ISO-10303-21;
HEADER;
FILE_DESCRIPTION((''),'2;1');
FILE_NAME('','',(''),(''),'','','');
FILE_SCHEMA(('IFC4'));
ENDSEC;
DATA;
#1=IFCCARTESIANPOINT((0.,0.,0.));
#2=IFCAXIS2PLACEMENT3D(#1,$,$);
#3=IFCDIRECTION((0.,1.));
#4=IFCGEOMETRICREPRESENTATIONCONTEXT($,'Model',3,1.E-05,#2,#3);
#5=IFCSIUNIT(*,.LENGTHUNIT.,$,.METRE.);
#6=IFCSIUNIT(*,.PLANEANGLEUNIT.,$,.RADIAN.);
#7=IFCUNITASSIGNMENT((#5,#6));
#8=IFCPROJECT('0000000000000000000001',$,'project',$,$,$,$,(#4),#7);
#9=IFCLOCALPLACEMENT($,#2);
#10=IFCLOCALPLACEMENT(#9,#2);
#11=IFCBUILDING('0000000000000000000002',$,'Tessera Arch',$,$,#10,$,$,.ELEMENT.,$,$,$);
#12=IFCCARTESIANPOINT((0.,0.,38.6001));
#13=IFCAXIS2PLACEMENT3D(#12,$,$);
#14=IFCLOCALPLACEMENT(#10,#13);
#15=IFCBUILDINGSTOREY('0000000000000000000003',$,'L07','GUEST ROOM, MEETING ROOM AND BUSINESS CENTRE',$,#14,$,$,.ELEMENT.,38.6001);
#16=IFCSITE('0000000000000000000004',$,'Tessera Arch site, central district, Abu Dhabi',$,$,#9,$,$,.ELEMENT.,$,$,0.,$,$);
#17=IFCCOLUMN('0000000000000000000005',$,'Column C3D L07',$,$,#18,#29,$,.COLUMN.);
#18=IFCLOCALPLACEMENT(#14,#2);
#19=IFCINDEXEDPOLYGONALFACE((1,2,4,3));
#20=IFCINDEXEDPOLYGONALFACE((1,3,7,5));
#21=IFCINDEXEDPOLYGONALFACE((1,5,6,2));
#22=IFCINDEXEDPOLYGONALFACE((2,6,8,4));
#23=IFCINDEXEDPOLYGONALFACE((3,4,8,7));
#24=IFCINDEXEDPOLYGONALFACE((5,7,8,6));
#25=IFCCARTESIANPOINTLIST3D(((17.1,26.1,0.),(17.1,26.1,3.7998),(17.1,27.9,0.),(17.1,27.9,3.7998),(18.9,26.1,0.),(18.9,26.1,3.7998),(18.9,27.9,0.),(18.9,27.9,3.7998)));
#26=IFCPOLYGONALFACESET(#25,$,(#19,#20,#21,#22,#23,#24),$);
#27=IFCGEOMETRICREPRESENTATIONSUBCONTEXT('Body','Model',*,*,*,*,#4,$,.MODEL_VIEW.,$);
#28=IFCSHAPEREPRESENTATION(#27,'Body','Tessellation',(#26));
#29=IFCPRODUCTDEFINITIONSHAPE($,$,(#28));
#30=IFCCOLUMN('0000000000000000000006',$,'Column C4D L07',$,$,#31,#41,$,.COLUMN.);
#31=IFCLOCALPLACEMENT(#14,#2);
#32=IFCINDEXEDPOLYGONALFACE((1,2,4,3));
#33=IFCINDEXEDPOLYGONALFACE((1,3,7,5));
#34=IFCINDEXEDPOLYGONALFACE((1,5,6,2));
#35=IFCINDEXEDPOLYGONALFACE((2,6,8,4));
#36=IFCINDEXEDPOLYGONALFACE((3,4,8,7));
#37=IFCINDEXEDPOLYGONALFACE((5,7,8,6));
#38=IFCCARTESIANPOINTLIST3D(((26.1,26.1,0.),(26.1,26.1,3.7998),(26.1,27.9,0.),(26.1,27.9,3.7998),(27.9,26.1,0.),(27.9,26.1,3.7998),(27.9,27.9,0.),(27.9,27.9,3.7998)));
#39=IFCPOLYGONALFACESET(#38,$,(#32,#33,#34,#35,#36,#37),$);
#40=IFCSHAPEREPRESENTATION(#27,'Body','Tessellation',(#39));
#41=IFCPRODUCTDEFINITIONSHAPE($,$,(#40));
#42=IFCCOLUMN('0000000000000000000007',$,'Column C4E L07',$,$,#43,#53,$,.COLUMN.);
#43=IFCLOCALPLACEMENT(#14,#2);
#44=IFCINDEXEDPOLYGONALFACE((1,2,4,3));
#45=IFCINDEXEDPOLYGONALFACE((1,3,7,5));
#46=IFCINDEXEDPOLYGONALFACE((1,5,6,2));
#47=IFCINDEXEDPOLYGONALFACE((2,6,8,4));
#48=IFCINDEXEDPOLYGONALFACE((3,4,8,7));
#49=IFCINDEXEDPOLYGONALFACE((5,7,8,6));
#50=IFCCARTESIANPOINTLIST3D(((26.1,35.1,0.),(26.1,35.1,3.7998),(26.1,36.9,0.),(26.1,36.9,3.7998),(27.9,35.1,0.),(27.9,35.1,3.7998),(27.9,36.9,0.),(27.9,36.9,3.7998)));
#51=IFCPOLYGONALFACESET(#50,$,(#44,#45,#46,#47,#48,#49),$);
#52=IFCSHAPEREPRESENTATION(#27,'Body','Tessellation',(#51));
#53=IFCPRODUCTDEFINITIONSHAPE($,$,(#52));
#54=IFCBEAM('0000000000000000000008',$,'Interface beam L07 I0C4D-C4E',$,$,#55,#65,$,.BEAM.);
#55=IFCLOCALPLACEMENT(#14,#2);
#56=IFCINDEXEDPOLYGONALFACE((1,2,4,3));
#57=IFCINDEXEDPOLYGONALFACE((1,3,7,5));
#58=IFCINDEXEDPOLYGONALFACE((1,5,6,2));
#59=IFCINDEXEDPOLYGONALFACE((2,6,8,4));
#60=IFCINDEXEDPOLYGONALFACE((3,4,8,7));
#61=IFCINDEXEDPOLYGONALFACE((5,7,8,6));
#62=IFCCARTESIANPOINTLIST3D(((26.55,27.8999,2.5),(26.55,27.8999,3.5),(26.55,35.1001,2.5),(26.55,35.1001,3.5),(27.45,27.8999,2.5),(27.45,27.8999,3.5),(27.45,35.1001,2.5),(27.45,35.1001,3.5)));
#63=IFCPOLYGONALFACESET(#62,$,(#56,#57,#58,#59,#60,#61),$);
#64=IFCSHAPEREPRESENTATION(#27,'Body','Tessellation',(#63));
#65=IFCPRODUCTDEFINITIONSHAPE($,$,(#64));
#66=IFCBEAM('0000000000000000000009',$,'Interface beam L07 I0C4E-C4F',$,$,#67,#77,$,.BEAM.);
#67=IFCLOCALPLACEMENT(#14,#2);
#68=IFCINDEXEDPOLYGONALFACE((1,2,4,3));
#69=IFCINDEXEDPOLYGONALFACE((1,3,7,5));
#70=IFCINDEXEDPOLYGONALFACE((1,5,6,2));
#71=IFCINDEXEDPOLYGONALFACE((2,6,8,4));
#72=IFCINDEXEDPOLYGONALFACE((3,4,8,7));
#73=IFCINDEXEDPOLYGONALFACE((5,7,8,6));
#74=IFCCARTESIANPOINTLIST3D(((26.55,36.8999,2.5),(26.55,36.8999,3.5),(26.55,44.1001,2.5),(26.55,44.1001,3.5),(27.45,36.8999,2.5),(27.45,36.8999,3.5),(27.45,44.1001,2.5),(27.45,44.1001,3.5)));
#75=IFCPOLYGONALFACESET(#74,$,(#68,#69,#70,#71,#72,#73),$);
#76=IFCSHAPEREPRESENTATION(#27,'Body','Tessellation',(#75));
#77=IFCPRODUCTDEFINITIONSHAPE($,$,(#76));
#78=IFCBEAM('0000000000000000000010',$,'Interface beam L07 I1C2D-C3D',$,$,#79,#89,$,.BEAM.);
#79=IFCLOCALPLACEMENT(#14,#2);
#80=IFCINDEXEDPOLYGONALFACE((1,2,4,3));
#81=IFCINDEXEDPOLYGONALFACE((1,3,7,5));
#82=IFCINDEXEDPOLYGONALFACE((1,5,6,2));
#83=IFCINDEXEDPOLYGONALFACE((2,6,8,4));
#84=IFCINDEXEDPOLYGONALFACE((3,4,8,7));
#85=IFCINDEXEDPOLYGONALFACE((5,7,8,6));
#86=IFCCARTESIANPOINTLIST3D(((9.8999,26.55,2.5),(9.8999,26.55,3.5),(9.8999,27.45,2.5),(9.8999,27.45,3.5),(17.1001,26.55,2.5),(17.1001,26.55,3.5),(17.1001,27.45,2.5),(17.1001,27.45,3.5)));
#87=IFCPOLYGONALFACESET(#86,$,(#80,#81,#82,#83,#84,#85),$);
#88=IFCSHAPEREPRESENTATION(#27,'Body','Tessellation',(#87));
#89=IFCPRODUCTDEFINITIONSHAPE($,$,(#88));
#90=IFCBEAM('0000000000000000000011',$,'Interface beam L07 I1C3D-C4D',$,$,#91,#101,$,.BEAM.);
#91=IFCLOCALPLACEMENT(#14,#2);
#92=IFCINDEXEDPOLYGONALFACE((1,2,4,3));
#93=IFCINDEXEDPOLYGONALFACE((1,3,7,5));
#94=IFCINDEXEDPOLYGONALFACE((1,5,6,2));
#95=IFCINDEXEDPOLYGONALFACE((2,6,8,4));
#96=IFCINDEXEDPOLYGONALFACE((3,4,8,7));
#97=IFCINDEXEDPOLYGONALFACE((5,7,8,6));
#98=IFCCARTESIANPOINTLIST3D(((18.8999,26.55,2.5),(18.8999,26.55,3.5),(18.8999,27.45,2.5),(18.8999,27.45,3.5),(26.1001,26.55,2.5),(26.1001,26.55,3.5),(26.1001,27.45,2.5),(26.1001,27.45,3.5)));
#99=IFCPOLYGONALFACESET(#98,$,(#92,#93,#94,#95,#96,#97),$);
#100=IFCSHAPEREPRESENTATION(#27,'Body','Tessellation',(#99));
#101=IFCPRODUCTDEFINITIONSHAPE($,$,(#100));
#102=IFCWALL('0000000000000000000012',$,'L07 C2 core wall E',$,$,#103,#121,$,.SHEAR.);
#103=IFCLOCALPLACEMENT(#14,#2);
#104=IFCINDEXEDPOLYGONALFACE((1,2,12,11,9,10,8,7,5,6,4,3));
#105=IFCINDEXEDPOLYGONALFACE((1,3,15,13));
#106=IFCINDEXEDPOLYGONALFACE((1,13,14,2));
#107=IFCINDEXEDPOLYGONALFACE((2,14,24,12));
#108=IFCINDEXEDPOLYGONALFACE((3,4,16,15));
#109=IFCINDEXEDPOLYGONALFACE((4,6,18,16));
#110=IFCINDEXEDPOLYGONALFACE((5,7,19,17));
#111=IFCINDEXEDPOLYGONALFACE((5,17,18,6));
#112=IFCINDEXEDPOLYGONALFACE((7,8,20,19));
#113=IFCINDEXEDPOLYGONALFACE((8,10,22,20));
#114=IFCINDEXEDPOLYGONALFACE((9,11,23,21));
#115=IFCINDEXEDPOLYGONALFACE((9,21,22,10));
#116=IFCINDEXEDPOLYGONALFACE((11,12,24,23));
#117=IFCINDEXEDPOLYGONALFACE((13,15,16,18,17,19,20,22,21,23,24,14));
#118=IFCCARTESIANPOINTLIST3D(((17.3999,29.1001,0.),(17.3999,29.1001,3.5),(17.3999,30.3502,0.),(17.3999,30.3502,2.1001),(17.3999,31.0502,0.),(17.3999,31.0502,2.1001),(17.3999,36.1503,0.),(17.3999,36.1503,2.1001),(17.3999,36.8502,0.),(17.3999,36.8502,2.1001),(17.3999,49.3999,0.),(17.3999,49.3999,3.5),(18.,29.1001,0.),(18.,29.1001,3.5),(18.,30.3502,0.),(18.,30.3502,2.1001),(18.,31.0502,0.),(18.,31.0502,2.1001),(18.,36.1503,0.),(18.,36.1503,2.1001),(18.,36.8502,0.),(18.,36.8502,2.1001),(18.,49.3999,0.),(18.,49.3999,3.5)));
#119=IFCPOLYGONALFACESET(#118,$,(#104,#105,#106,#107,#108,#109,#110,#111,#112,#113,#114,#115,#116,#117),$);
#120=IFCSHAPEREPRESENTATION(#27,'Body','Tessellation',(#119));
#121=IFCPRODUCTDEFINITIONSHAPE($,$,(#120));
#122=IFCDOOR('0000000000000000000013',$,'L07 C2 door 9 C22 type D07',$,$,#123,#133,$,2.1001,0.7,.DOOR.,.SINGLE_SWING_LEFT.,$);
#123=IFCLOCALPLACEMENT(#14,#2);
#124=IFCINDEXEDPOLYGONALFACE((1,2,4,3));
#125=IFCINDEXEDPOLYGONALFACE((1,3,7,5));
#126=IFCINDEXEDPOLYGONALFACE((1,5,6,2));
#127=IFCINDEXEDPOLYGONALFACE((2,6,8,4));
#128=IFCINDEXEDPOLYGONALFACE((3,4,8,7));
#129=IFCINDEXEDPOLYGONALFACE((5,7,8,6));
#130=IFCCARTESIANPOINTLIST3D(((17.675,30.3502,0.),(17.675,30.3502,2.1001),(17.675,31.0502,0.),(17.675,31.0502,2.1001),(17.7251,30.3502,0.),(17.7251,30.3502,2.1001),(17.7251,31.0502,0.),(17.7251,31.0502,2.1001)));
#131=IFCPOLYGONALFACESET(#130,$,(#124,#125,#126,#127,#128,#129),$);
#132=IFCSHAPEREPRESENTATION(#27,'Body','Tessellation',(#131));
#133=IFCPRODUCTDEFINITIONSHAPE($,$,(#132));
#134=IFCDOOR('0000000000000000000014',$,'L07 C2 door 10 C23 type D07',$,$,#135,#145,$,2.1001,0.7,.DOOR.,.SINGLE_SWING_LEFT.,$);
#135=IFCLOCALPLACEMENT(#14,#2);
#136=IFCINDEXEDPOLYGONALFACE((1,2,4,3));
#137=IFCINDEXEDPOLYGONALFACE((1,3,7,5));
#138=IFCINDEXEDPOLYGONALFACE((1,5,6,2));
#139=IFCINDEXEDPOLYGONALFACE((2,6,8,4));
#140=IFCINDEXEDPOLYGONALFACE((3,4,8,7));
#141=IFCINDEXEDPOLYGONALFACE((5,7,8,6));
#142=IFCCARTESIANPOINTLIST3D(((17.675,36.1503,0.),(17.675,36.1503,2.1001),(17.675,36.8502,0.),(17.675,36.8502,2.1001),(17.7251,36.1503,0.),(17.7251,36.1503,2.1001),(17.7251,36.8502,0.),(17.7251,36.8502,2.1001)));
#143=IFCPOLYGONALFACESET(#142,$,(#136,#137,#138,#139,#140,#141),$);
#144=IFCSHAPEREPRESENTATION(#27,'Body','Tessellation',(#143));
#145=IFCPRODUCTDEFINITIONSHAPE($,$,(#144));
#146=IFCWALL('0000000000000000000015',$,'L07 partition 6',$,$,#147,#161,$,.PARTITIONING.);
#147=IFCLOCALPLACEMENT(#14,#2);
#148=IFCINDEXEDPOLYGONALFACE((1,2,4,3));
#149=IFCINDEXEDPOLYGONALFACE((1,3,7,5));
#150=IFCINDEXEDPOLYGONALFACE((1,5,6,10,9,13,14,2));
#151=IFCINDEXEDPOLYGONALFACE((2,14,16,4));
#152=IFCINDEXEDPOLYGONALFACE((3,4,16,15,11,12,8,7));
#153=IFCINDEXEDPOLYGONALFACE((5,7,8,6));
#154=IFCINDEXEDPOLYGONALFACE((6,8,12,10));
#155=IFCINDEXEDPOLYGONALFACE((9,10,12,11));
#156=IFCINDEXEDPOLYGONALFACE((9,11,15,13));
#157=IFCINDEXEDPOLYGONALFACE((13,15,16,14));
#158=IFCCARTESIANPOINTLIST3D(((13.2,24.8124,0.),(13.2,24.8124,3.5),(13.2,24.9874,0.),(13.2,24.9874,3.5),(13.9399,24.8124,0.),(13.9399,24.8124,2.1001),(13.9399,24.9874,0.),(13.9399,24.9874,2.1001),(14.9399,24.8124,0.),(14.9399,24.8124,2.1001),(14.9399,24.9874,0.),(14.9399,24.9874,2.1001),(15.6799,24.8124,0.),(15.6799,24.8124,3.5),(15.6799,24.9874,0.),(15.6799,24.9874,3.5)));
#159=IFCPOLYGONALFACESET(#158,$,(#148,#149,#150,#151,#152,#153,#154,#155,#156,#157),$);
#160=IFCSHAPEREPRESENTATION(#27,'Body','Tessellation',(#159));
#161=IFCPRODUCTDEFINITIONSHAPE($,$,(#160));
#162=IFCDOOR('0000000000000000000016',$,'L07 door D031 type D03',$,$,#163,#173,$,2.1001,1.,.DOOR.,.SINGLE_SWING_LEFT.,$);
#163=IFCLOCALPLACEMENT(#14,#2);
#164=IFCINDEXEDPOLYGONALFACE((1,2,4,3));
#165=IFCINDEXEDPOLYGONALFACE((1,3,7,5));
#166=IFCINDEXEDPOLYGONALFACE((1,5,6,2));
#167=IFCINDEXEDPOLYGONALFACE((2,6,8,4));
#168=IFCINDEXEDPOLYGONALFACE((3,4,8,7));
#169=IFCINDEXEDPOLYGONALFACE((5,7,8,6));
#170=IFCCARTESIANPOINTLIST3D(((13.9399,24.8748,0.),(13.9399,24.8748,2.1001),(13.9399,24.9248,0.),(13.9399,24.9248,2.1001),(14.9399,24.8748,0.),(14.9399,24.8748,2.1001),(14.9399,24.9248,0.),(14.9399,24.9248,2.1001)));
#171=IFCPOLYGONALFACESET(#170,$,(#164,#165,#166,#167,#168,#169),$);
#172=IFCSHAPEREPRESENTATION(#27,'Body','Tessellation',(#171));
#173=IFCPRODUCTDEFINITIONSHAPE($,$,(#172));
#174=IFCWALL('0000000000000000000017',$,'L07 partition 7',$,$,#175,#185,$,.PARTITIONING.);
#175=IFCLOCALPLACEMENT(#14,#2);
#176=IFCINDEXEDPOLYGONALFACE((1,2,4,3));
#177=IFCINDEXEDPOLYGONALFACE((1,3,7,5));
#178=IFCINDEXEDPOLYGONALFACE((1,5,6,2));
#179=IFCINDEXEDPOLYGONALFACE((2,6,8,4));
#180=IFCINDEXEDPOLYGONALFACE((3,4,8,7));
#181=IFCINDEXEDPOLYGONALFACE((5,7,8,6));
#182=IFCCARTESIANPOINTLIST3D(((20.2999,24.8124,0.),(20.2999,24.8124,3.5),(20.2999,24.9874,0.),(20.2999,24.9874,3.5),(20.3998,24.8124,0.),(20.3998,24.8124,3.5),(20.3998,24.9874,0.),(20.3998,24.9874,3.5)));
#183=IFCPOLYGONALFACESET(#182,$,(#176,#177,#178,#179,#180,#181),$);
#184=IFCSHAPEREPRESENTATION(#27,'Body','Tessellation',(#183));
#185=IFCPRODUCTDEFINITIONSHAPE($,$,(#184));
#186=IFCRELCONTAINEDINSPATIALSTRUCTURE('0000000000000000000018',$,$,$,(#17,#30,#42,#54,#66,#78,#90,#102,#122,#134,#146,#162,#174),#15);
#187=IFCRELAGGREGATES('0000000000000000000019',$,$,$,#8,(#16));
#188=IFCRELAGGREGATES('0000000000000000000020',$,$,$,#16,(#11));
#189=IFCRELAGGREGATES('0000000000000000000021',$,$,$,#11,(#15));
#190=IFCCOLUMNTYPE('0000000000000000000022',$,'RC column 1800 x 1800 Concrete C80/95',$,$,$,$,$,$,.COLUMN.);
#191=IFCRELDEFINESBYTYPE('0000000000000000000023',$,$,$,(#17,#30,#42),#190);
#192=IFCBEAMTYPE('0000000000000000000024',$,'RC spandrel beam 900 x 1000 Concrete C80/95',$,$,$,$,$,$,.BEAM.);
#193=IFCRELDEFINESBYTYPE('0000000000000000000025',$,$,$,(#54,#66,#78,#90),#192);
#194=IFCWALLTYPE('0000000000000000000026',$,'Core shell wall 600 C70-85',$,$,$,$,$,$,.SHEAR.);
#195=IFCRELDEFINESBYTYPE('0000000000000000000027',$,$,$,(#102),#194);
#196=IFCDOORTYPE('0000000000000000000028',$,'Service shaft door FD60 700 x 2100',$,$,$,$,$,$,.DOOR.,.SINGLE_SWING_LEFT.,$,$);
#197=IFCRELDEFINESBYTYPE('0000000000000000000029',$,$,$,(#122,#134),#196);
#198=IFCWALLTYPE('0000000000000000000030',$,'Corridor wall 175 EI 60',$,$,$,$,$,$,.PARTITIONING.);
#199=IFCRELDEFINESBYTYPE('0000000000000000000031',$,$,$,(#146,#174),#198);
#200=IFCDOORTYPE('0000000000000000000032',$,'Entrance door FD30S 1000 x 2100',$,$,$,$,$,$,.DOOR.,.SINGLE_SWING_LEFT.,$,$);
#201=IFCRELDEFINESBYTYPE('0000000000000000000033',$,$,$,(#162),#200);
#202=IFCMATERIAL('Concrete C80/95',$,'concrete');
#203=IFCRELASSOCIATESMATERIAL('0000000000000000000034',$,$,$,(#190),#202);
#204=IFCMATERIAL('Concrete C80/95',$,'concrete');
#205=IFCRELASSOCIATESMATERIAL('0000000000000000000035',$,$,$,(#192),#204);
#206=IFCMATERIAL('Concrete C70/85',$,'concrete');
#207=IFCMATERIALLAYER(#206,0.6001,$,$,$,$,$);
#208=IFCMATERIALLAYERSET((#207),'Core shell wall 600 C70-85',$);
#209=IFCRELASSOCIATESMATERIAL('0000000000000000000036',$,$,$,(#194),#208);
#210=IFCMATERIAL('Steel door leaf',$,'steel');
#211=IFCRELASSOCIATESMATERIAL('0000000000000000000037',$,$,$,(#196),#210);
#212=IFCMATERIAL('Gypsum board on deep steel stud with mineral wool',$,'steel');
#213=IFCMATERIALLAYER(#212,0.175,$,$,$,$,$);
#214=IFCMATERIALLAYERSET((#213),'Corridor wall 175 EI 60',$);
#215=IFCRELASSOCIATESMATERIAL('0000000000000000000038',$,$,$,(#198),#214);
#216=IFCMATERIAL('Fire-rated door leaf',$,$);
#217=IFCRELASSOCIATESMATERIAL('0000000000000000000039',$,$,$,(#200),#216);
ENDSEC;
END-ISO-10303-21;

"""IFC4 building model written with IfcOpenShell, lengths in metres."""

from ifc_helpers import new_model, si_unit, direction, frame, frame_2d, origin, origin_2d, place, context, subcontext, project, spatial, rectangle, extrude, material, layer, layer_set, material_profile, profile_set, type_object, element, fill, save


model = new_model("IFC4")

# Units and contexts
model_context = context("Model", 3, precision=1e-05, world=origin(), true_north=direction((0.0, 1.0)))
body_context = subcontext(model_context, "Body", "Model", "MODEL_VIEW")
ifc_project = project(units=[si_unit("LENGTHUNIT", "METRE"), si_unit("PLANEANGLEUNIT", "RADIAN")], contexts=[model_context])

# Site, building, storey
site_placement = place(None, origin())
site = spatial("IfcSite", under=ifc_project, at=site_placement, Name="Tessera Arch site, central district, Abu Dhabi", CompositionType="ELEMENT", RefElevation=0.0)
building_placement = place(site_placement, origin())
building = spatial("IfcBuilding", under=site, at=building_placement, Name="Tessera Arch", CompositionType="ELEMENT")
storey_placement = place(building_placement, frame((0.0, 0.0, 38.6001)))
storey = spatial("IfcBuildingStorey", under=building, at=storey_placement, Name="L07", Description="GUEST ROOM, MEETING ROOM AND BUSINESS CENTRE", CompositionType="ELEMENT", Elevation=38.6001)

# Columns
ifc_material_1 = material(Name="Concrete C80/95", Category="concrete")
ifc_material_profile_1 = material_profile(ifc_material_1, rectangle(XDim=1.8, YDim=1.8, at=origin_2d()), Name="RC column 1800 x 1800 Concrete C80/95")
ifc_profile_set_1 = profile_set([ifc_material_profile_1], Name="Concrete C80/95")
column_type = type_object("IfcColumnType", Name="RC column 1800 x 1800 Concrete C80/95", PredefinedType="COLUMN", material=ifc_profile_set_1)
for number, where, z_axis, x_axis, name in (
    (1, (18.0, 27.0, 0.0), (0.0, 0.0, 1.0), (1.0, 0.0, 0.0), "Column C3D L07"),
    (2, (27.0, 27.0, 0.0), (0.0, 0.0, 1.0), (1.0, 0.0, 0.0), "Column C4D L07"),
    (3, (27.0, 36.0, 0.0), (0.0, 0.0, 1.0), (1.0, 0.0, 0.0), "Column C4E L07"),
):
    element("IfcColumn", number, at=place(storey_placement, frame(where, z_axis=z_axis, x_axis=x_axis)), inside=storey, type_object=column_type, Name=name, PredefinedType="COLUMN", context=body_context, shape_type="SweptSolid", body=[
        extrude(rectangle(XDim=1.8, YDim=1.8, at=origin_2d()), origin(), (0.0, 0.0, 1.0), 3.7998),
    ])

# Beams
ifc_material_2 = material(Name="Concrete C80/95", Category="concrete")
ifc_material_profile_2 = material_profile(ifc_material_2, rectangle(XDim=0.8999, YDim=1.0, at=origin_2d()), Name="RC spandrel beam 900 x 1000 Concrete C80/95")
ifc_profile_set_2 = profile_set([ifc_material_profile_2], Name="Concrete C80/95")
beam_type = type_object("IfcBeamType", Name="RC spandrel beam 900 x 1000 Concrete C80/95", PredefinedType="BEAM", material=ifc_profile_set_2)
for number, where, z_axis, x_axis, name in (
    (4, (27.0, 27.8999, 3.0), (0.0, 1.0, 0.0), (-1.0, 0.0, 0.0), "Interface beam L07 I0C4D-C4E"),
    (5, (27.0, 36.8999, 3.0), (0.0, 1.0, 0.0), (-1.0, 0.0, 0.0), "Interface beam L07 I0C4E-C4F"),
    (6, (9.8999, 27.0, 3.0), (1.0, 0.0, 0.0), (0.0, 1.0, 0.0), "Interface beam L07 I1C2D-C3D"),
    (7, (18.8999, 27.0, 3.0), (1.0, 0.0, 0.0), (0.0, 1.0, 0.0), "Interface beam L07 I1C3D-C4D"),
):
    element("IfcBeam", number, at=place(storey_placement, frame(where, z_axis=z_axis, x_axis=x_axis)), inside=storey, type_object=beam_type, Name=name, PredefinedType="BEAM", context=body_context, shape_type="SweptSolid", body=[
        extrude(rectangle(XDim=0.8999, YDim=1.0, at=origin_2d()), origin(), (0.0, 0.0, 1.0), 7.2002),
    ])

# Wall, openings, doors
ifc_material_3 = material(Name="Concrete C70/85", Category="concrete")
ifc_layer_1 = layer(ifc_material_3, 0.6001)
ifc_layer_set_1 = layer_set([ifc_layer_1], Name="Core shell wall 600 C70-85")
wall_type_1 = type_object("IfcWallType", Name="Core shell wall 600 C70-85", PredefinedType="SHEAR", material=ifc_layer_set_1)
wall_1_placement = place(storey_placement, frame((17.7, 29.1001, 0.0), z_axis=(0.0, 0.0, 1.0), x_axis=(0.0, 1.0, 0.0)))
wall_1 = element("IfcWall", 8, at=wall_1_placement, inside=storey, type_object=wall_type_1, Name="L07 C2 core wall E", PredefinedType="SHEAR", context=body_context, shape_type="SweptSolid", body=[
    extrude(rectangle(XDim=20.2998, YDim=0.6001, at=frame_2d((10.1499, 0.0))), origin(), (0.0, 0.0, 1.0), 3.5),
])
opening_1_placement = place(wall_1_placement, frame((1.25, 0.0, 0.0)))
opening_1 = element("IfcOpeningElement", 9, at=opening_1_placement, cuts=wall_1, PredefinedType="OPENING", context=body_context, shape_type="SweptSolid", body=[
    extrude(rectangle(XDim=0.7, YDim=2.1001, at=frame_2d((0.3501, 1.05))), frame((0.0, 0.3101, 0.0), z_axis=(0.0, -1.0, 0.0), x_axis=(1.0, 0.0, 0.0)), (0.0, 0.0, 1.0), 0.6201),
])
opening_2_placement = place(wall_1_placement, frame((7.05, 0.0, 0.0)))
opening_2 = element("IfcOpeningElement", 10, at=opening_2_placement, cuts=wall_1, PredefinedType="OPENING", context=body_context, shape_type="SweptSolid", body=[
    extrude(rectangle(XDim=0.7, YDim=2.1001, at=frame_2d((0.3501, 1.05))), frame((0.0, 0.3101, 0.0), z_axis=(0.0, -1.0, 0.0), x_axis=(1.0, 0.0, 0.0)), (0.0, 0.0, 1.0), 0.6201),
])
ifc_material_4 = material(Name="Steel door leaf", Category="steel")
door_type_1 = type_object("IfcDoorType", Name="Service shaft door FD60 700 x 2100", OperationType="SINGLE_SWING_LEFT", PredefinedType="DOOR", material=ifc_material_4)
door_1_placement = place(opening_1_placement, origin())
door_1 = element("IfcDoor", 11, at=door_1_placement, inside=storey, type_object=door_type_1, Name="L07 C2 door 9 C22 type D07", OperationType="SINGLE_SWING_LEFT", OverallHeight=2.1001, OverallWidth=0.7, PredefinedType="DOOR", context=body_context, shape_type="SweptSolid", body=[
    extrude(rectangle(XDim=0.7, YDim=2.1001, at=frame_2d((0.3501, 1.05))), frame((0.0, 0.0249, 0.0), z_axis=(0.0, -1.0, 0.0), x_axis=(1.0, 0.0, 0.0)), (0.0, 0.0, 1.0), 0.05),
])
fill(opening_1, door_1)
door_2_placement = place(opening_2_placement, origin())
door_2 = element("IfcDoor", 12, at=door_2_placement, inside=storey, type_object=door_type_1, Name="L07 C2 door 10 C23 type D07", OperationType="SINGLE_SWING_LEFT", OverallHeight=2.1001, OverallWidth=0.7, PredefinedType="DOOR", context=body_context, shape_type="SweptSolid", body=[
    extrude(rectangle(XDim=0.7, YDim=2.1001, at=frame_2d((0.3501, 1.05))), frame((0.0, 0.0249, 0.0), z_axis=(0.0, -1.0, 0.0), x_axis=(1.0, 0.0, 0.0)), (0.0, 0.0, 1.0), 0.05),
])
fill(opening_2, door_2)

# Wall, opening, door
ifc_material_5 = material(Name="Gypsum board on deep steel stud with mineral wool", Category="steel")
ifc_layer_2 = layer(ifc_material_5, 0.175)
ifc_layer_set_2 = layer_set([ifc_layer_2], Name="Corridor wall 175 EI 60")
wall_type_2 = type_object("IfcWallType", Name="Corridor wall 175 EI 60", PredefinedType="PARTITIONING", material=ifc_layer_set_2)
wall_2_placement = place(storey_placement, frame((13.2, 24.8999, 0.0), z_axis=(0.0, 0.0, 1.0), x_axis=(1.0, 0.0, 0.0)))
wall_2 = element("IfcWall", 13, at=wall_2_placement, inside=storey, type_object=wall_type_2, Name="L07 partition 6", PredefinedType="PARTITIONING", context=body_context, shape_type="SweptSolid", body=[
    extrude(rectangle(XDim=2.48, YDim=0.175, at=frame_2d((1.24, 0.0))), origin(), (0.0, 0.0, 1.0), 3.5),
])
opening_3_placement = place(wall_2_placement, frame((0.74, 0.0, 0.0)))
opening_3 = element("IfcOpeningElement", 14, at=opening_3_placement, cuts=wall_2, PredefinedType="OPENING", context=body_context, shape_type="SweptSolid", body=[
    extrude(rectangle(XDim=1.0, YDim=2.1001, at=frame_2d((0.5, 1.05))), frame((0.0, 0.0974, 0.0), z_axis=(0.0, -1.0, 0.0), x_axis=(1.0, 0.0, 0.0)), (0.0, 0.0, 1.0), 0.1951),
])
ifc_material_6 = material(Name="Fire-rated door leaf")
door_type_2 = type_object("IfcDoorType", Name="Entrance door FD30S 1000 x 2100", OperationType="SINGLE_SWING_LEFT", PredefinedType="DOOR", material=ifc_material_6)
door_3_placement = place(opening_3_placement, origin())
door_3 = element("IfcDoor", 15, at=door_3_placement, inside=storey, type_object=door_type_2, Name="L07 door D031 type D03", OperationType="SINGLE_SWING_LEFT", OverallHeight=2.1001, OverallWidth=1.0, PredefinedType="DOOR", context=body_context, shape_type="SweptSolid", body=[
    extrude(rectangle(XDim=1.0, YDim=2.1001, at=frame_2d((0.5, 1.05))), frame((0.0, 0.0249, 0.0), z_axis=(0.0, -1.0, 0.0), x_axis=(1.0, 0.0, 0.0)), (0.0, 0.0, 1.0), 0.05),
])
fill(opening_3, door_3)

# Wall
wall_3_placement = place(storey_placement, frame((20.3, 24.8999, 0.0), z_axis=(0.0, 0.0, 1.0), x_axis=(1.0, 0.0, 0.0)))
element("IfcWall", 16, at=wall_3_placement, inside=storey, type_object=wall_type_2, Name="L07 partition 7", PredefinedType="PARTITIONING", context=body_context, shape_type="SweptSolid", body=[
    extrude(rectangle(XDim=0.0999, YDim=0.175, at=frame_2d((0.0498, 0.0))), origin(), (0.0, 0.0, 1.0), 3.5),
])

save(model, "model.ifc")
